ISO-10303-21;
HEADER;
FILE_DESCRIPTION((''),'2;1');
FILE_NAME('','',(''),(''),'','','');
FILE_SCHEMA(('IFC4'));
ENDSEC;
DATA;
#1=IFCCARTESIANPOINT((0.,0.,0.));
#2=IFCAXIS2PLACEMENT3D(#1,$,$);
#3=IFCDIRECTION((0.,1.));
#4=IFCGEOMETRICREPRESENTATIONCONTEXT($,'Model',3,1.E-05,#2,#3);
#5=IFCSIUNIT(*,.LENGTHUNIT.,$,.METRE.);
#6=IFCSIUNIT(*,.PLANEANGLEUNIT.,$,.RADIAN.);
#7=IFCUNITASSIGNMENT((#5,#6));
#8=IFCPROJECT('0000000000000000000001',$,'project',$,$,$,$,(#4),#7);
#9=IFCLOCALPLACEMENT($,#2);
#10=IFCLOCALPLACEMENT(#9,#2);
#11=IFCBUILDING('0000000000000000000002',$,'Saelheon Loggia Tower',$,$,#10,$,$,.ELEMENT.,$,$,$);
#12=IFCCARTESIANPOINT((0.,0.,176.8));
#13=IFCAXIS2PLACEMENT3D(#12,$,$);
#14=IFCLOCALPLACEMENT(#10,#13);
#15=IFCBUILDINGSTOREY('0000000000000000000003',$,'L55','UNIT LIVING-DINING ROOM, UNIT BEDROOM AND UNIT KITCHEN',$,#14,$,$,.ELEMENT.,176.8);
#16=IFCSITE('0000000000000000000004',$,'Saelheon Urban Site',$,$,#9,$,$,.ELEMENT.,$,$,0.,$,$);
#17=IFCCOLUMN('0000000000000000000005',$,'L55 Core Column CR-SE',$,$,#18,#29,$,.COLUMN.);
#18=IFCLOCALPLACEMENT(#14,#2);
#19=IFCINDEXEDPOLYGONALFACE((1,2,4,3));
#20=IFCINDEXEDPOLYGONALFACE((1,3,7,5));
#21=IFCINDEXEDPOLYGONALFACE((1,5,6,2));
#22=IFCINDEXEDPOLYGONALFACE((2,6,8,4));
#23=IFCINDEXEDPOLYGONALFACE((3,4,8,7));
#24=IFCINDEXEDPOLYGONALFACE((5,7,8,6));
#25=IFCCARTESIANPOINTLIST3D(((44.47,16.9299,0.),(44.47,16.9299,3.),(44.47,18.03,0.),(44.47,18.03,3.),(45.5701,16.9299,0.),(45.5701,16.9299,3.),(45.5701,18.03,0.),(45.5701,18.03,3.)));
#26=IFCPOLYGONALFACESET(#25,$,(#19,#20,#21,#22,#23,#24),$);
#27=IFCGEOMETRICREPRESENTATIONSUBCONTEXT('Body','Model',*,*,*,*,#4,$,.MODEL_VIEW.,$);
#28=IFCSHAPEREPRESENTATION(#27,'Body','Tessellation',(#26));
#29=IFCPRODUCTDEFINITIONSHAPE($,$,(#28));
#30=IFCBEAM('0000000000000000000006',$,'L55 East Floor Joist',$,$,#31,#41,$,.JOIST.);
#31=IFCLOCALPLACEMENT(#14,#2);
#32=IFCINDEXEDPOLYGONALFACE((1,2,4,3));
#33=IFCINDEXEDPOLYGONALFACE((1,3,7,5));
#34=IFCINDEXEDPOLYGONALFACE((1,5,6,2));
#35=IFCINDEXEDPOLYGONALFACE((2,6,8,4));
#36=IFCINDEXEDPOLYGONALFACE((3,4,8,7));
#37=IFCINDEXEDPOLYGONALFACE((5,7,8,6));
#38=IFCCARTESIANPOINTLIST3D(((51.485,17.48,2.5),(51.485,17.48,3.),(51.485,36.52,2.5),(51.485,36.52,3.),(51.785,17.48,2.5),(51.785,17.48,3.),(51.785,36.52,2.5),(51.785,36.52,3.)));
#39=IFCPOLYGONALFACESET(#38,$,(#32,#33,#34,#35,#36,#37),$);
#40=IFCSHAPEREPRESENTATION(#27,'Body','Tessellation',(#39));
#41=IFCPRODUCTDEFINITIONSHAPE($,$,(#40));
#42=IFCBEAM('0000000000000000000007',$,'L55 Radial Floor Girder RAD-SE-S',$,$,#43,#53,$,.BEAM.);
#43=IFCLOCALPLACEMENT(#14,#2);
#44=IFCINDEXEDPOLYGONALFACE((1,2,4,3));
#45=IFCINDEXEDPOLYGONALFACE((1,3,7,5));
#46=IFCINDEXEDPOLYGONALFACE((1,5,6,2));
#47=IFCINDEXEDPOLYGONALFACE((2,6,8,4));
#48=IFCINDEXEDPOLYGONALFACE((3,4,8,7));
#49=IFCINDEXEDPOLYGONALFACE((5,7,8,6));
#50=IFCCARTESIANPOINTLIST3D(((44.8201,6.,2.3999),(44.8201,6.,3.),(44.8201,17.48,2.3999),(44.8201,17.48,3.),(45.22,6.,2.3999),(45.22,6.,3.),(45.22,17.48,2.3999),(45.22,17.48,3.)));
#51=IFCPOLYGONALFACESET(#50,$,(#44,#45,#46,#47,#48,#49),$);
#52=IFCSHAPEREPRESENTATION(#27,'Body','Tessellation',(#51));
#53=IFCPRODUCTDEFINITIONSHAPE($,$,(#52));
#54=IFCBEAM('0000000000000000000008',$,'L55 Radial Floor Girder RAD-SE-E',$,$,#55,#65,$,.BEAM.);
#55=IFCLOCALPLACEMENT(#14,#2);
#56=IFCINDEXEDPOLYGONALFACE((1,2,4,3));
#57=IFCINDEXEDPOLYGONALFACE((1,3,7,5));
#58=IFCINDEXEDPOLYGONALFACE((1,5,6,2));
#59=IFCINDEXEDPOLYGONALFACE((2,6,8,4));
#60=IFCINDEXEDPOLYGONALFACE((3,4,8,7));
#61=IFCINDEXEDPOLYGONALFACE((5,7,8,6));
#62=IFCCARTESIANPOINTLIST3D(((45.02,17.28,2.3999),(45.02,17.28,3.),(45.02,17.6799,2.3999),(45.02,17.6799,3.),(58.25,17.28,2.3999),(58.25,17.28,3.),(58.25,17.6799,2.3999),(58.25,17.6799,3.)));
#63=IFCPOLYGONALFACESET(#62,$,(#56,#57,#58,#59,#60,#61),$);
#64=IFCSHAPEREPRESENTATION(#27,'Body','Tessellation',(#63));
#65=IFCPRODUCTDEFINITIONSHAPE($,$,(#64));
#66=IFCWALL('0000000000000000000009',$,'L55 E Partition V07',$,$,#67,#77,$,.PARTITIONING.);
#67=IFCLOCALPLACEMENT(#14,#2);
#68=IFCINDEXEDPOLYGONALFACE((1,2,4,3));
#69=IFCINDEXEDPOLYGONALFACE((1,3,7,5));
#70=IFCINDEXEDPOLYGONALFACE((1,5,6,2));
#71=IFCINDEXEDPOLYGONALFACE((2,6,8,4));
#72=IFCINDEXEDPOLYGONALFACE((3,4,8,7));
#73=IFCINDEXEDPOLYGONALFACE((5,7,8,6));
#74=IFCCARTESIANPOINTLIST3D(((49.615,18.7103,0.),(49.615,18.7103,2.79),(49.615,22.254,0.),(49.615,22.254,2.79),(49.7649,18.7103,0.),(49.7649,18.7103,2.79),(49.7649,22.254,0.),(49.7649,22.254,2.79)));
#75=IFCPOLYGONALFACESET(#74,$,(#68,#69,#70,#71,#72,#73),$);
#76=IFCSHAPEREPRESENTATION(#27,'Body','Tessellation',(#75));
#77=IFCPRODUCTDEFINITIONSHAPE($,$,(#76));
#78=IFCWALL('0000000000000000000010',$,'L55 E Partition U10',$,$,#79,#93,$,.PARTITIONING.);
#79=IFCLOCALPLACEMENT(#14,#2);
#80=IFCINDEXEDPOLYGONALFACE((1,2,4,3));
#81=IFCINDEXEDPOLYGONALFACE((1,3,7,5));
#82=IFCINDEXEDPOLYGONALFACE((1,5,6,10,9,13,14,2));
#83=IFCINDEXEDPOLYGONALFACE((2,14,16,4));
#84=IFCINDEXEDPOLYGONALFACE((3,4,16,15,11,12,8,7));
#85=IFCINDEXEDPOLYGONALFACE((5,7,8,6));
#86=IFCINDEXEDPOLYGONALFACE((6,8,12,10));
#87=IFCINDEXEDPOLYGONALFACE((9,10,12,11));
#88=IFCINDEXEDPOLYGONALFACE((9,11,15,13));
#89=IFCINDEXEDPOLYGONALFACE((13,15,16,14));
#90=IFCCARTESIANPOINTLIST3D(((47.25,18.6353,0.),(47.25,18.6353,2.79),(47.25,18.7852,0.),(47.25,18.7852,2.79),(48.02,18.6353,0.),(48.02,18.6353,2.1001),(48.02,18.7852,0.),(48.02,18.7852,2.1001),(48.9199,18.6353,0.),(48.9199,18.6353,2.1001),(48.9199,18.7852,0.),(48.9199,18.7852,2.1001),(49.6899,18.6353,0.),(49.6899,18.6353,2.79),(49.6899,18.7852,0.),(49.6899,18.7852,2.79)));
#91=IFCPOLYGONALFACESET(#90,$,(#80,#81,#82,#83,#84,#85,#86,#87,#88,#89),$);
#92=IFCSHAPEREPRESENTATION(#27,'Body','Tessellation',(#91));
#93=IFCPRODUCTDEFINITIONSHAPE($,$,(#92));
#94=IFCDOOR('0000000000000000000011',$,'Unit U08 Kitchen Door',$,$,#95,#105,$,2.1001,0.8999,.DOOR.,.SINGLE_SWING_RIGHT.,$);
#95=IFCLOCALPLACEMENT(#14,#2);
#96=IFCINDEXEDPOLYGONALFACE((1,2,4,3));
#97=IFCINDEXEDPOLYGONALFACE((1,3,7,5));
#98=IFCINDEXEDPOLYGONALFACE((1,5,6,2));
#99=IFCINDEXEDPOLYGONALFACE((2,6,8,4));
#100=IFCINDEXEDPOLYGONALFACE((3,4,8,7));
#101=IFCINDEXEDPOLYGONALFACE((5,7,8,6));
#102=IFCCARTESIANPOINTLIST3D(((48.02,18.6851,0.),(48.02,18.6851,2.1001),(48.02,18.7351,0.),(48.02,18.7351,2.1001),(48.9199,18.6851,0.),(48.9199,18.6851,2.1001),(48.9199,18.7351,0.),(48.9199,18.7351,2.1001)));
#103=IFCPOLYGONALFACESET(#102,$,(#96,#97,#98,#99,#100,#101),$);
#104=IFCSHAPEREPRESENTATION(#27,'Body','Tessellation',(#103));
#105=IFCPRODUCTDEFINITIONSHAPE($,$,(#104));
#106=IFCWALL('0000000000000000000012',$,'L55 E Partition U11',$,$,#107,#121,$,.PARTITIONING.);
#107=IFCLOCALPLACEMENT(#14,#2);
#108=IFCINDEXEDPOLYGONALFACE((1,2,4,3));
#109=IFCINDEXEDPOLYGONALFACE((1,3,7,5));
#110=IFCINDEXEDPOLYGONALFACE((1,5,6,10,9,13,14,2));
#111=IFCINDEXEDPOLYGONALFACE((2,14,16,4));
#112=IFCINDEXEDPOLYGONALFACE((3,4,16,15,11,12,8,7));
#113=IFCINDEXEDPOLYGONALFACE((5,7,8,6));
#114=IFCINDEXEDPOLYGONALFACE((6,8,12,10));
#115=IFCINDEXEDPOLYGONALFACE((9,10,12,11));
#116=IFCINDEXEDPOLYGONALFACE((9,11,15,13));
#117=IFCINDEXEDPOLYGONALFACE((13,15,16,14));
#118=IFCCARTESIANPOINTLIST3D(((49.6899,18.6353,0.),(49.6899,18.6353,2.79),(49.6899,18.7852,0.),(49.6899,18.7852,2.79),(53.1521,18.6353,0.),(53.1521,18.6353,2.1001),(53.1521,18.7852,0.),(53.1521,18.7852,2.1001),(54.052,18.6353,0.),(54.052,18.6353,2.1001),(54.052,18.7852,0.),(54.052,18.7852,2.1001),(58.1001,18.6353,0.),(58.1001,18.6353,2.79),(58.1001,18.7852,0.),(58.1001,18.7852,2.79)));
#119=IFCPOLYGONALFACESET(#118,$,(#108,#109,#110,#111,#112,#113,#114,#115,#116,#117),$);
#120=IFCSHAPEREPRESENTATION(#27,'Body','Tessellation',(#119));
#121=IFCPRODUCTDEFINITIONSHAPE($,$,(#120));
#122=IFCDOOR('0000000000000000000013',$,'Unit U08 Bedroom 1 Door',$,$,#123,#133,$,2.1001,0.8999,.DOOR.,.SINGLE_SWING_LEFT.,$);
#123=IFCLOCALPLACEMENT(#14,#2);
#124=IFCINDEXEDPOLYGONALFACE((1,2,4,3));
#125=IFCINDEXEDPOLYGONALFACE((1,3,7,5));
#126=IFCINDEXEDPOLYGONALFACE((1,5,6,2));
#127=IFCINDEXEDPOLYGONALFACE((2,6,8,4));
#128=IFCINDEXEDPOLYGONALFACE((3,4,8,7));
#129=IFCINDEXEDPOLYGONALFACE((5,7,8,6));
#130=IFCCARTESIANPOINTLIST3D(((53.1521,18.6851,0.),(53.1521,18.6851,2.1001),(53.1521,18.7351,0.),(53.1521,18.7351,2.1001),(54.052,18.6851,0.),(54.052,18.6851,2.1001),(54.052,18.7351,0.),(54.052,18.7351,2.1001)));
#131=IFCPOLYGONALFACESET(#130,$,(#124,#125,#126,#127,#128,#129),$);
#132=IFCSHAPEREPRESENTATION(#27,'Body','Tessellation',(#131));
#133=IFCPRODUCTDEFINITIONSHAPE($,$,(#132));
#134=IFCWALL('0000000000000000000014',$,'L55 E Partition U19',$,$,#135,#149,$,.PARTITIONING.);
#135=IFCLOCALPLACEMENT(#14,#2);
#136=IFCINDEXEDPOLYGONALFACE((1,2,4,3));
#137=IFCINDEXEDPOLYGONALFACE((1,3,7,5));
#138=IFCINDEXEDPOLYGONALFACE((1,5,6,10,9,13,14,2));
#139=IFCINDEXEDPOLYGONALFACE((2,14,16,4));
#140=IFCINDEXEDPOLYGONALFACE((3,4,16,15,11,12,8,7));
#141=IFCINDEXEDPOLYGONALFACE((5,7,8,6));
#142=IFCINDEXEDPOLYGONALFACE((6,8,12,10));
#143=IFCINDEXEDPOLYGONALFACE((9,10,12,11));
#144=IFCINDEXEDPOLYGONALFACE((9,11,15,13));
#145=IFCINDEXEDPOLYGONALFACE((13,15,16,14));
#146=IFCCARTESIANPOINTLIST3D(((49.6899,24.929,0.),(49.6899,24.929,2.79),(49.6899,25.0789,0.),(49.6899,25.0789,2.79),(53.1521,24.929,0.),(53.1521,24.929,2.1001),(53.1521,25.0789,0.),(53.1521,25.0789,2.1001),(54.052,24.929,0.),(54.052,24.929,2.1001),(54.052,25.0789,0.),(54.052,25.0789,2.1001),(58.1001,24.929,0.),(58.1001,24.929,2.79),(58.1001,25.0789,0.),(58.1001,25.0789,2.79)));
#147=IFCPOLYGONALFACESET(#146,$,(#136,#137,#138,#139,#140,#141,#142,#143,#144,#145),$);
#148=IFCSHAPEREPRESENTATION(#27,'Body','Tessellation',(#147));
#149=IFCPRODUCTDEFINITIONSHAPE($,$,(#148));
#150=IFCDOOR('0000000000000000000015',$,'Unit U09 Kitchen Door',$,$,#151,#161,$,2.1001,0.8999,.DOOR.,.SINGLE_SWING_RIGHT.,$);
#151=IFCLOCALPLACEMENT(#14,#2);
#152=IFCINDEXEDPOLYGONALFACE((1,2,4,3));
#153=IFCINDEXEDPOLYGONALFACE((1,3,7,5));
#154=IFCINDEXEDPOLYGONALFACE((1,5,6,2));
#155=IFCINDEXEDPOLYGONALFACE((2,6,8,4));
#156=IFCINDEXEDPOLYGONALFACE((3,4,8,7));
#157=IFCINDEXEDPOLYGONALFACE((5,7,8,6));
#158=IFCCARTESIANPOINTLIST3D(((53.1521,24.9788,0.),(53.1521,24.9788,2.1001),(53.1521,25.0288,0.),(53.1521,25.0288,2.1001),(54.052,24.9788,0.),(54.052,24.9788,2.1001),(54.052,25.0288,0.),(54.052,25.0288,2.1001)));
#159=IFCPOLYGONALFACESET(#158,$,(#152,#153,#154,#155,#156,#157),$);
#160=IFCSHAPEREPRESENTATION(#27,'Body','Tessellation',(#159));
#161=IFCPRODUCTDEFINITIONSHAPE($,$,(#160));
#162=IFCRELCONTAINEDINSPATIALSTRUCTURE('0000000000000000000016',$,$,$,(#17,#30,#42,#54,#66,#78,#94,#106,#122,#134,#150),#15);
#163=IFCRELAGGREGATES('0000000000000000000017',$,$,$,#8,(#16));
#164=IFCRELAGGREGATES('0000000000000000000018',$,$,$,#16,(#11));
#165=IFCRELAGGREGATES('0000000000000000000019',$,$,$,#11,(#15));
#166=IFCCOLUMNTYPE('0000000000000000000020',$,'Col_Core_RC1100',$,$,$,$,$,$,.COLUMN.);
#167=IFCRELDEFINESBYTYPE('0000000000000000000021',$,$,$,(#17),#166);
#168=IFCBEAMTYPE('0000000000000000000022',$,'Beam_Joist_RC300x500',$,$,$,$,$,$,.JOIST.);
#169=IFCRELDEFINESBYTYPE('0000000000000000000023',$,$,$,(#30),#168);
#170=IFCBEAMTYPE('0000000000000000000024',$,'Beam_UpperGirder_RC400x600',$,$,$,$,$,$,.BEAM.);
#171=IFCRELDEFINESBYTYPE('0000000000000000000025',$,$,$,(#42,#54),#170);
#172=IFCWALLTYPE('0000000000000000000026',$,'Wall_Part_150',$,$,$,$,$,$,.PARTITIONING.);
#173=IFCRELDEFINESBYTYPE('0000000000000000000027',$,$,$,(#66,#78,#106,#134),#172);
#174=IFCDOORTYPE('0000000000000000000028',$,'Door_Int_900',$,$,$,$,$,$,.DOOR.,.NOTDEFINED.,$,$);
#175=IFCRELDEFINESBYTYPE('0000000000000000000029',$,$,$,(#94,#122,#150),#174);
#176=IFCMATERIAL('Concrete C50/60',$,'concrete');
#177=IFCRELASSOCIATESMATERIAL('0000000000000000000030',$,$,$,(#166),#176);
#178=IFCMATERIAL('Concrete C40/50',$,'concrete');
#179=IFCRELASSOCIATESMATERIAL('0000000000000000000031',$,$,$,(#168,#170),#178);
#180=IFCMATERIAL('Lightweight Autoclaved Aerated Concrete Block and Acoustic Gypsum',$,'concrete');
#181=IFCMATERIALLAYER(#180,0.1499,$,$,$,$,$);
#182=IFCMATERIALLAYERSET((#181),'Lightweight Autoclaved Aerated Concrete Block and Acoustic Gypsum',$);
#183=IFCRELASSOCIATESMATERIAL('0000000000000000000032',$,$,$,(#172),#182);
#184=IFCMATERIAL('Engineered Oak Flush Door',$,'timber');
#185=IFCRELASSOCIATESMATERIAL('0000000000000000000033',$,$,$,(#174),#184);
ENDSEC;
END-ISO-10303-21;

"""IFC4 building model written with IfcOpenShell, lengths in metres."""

from ifc_helpers import new_model, si_unit, direction, frame, frame_2d, origin, origin_2d, place, context, subcontext, project, spatial, rectangle, extrude, source, transform, mapped, material, layer, layer_set, material_profile, profile_set, type_object, element, fill, save


model = new_model("IFC4")

# Units and contexts
model_context = context("Model", 3, precision=1e-05, world=origin(), true_north=direction((0.0, 1.0)))
body_context = subcontext(model_context, "Body", "Model", "MODEL_VIEW")
ifc_project = project(units=[si_unit("LENGTHUNIT", "METRE"), si_unit("PLANEANGLEUNIT", "RADIAN")], contexts=[model_context])

# Site, building, storey
site_placement = place(None, origin())
site = spatial("IfcSite", under=ifc_project, at=site_placement, Name="Saelheon Urban Site", CompositionType="ELEMENT", RefElevation=0.0)
building_placement = place(site_placement, origin())
building = spatial("IfcBuilding", under=site, at=building_placement, Name="Saelheon Loggia Tower", CompositionType="ELEMENT")
storey_placement = place(building_placement, frame((0.0, 0.0, 176.8)))
storey = spatial("IfcBuildingStorey", under=building, at=storey_placement, Name="L55", Description="UNIT LIVING-DINING ROOM, UNIT BEDROOM AND UNIT KITCHEN", CompositionType="ELEMENT", Elevation=176.8)

# Column
ifc_material_1 = material(Name="Concrete C50/60", Category="concrete")
ifc_material_profile_1 = material_profile(ifc_material_1, rectangle(XDim=1.1001, YDim=1.1001, at=origin_2d()), Name="RC-1100x1100")
ifc_profile_set_1 = profile_set([ifc_material_profile_1], Name="Concrete C50/60")
column_type = type_object("IfcColumnType", Name="Col_Core_RC1100", PredefinedType="COLUMN", material=ifc_profile_set_1)
shared_shape_1 = source(origin(), body_context, "Body", "SweptSolid", [
    extrude(rectangle(XDim=1.1001, YDim=1.1001, at=origin_2d()), origin(), (0.0, 0.0, 1.0), 3.0),
])
column_placement = place(storey_placement, frame((45.02, 17.48, 0.0), z_axis=(0.0, 0.0, 1.0), x_axis=(1.0, 0.0, 0.0)))
element("IfcColumn", 1, at=column_placement, inside=storey, type_object=column_type, Name="L55 Core Column CR-SE", PredefinedType="COLUMN", context=body_context, shape_type="MappedRepresentation", body=[
    mapped(shared_shape_1, transform((0.0, 0.0, 0.0), scale=1.0)),
])

# Beams
ifc_material_2 = material(Name="Concrete C40/50", Category="concrete")
ifc_material_profile_2 = material_profile(ifc_material_2, rectangle(XDim=0.3, YDim=0.5, at=origin_2d()), Name="RC-300x500")
ifc_profile_set_2 = profile_set([ifc_material_profile_2], Name="Concrete C40/50")
beam_type_1 = type_object("IfcBeamType", Name="Beam_Joist_RC300x500", PredefinedType="JOIST", material=ifc_profile_set_2)
shared_shape_2 = source(origin(), body_context, "Body", "SweptSolid", [
    extrude(rectangle(XDim=0.3, YDim=0.5, at=origin_2d()), origin(), (0.0, 0.0, 1.0), 19.04),
])
beam_1_placement = place(storey_placement, frame((51.635, 17.48, 2.75), z_axis=(0.0, 1.0, 0.0), x_axis=(-1.0, 0.0, 0.0)))
element("IfcBeam", 2, at=beam_1_placement, inside=storey, type_object=beam_type_1, Name="L55 East Floor Joist", PredefinedType="JOIST", context=body_context, shape_type="MappedRepresentation", body=[
    mapped(shared_shape_2, transform((0.0, 0.0, 0.0), scale=1.0)),
])
ifc_material_profile_3 = material_profile(ifc_material_2, rectangle(XDim=0.3999, YDim=0.6001, at=origin_2d()), Name="RC-400x600")
ifc_profile_set_3 = profile_set([ifc_material_profile_3], Name="Concrete C40/50")
beam_type_2 = type_object("IfcBeamType", Name="Beam_UpperGirder_RC400x600", PredefinedType="BEAM", material=ifc_profile_set_3)
shared_shape_3 = source(origin(), body_context, "Body", "SweptSolid", [
    extrude(rectangle(XDim=0.3999, YDim=0.6001, at=origin_2d()), origin(), (0.0, 0.0, 1.0), 11.48),
])
beam_2_placement = place(storey_placement, frame((45.02, 17.48, 2.7), z_axis=(0.0, -1.0, 0.0), x_axis=(1.0, 0.0, 0.0)))
element("IfcBeam", 3, at=beam_2_placement, inside=storey, type_object=beam_type_2, Name="L55 Radial Floor Girder RAD-SE-S", PredefinedType="BEAM", context=body_context, shape_type="MappedRepresentation", body=[
    mapped(shared_shape_3, transform((0.0, 0.0, 0.0), scale=1.0)),
])
shared_shape_4 = source(origin(), body_context, "Body", "SweptSolid", [
    extrude(rectangle(XDim=0.3999, YDim=0.6001, at=origin_2d()), origin(), (0.0, 0.0, 1.0), 13.23),
])
beam_3_placement = place(storey_placement, frame((45.02, 17.48, 2.7), z_axis=(1.0, 0.0, 0.0), x_axis=(0.0, 1.0, 0.0)))
element("IfcBeam", 4, at=beam_3_placement, inside=storey, type_object=beam_type_2, Name="L55 Radial Floor Girder RAD-SE-E", PredefinedType="BEAM", context=body_context, shape_type="MappedRepresentation", body=[
    mapped(shared_shape_4, transform((0.0, 0.0, 0.0), scale=1.0)),
])

# Wall
ifc_material_3 = material(Name="Lightweight Autoclaved Aerated Concrete Block and Acoustic Gypsum", Category="concrete")
ifc_layer_1 = layer(ifc_material_3, 0.1499)
ifc_layer_set_1 = layer_set([ifc_layer_1], Name="Lightweight Autoclaved Aerated Concrete Block and Acoustic Gypsum")
wall_type_1 = type_object("IfcWallType", Name="Wall_Part_150", PredefinedType="PARTITIONING", material=ifc_layer_set_1)
wall_1_placement = place(storey_placement, frame((49.6899, 18.7102, 0.0), z_axis=(0.0, 0.0, 1.0), x_axis=(0.0, 1.0, 0.0)))
element("IfcWall", 5, at=wall_1_placement, inside=storey, type_object=wall_type_1, Name="L55 E Partition V07", PredefinedType="PARTITIONING", context=body_context, shape_type="SweptSolid", body=[
    extrude(rectangle(XDim=3.5437, YDim=0.1499, at=frame_2d((1.772, 0.0))), origin(), (0.0, 0.0, 1.0), 2.79),
])

# Walls, openings, doors
wall_2_placement = place(storey_placement, frame((47.25, 18.7102, 0.0), z_axis=(0.0, 0.0, 1.0), x_axis=(1.0, 0.0, 0.0)))
wall_2 = element("IfcWall", 6, at=wall_2_placement, inside=storey, type_object=wall_type_1, Name="L55 E Partition U10", PredefinedType="PARTITIONING", context=body_context, shape_type="SweptSolid", body=[
    extrude(rectangle(XDim=2.4399, YDim=0.1499, at=frame_2d((1.22, 0.0))), origin(), (0.0, 0.0, 1.0), 2.79),
])
opening_1_placement = place(wall_2_placement, frame((0.77, 0.0, 0.0)))
opening_1 = element("IfcOpeningElement", 7, at=opening_1_placement, cuts=wall_2, PredefinedType="OPENING", context=body_context, shape_type="SweptSolid", body=[
    extrude(rectangle(XDim=0.8999, YDim=2.1001, at=frame_2d((0.45, 1.05))), frame((0.0, 0.0869, 0.0), z_axis=(0.0, -1.0, 0.0), x_axis=(1.0, 0.0, 0.0)), (0.0, 0.0, 1.0), 0.1738),
])
ifc_material_4 = material(Name="Engineered Oak Flush Door", Category="timber")
door_type_1 = type_object("IfcDoorType", Name="Door_Int_900", OperationType="NOTDEFINED", PredefinedType="DOOR", material=ifc_material_4)
shared_shape_5 = source(origin(), body_context, "Body", "SweptSolid", [
    extrude(rectangle(XDim=0.8999, YDim=2.1001, at=frame_2d((0.45, 1.05))), frame((0.0, 0.0249, 0.0), z_axis=(0.0, -1.0, 0.0), x_axis=(1.0, 0.0, 0.0)), (0.0, 0.0, 1.0), 0.05),
])
door_1_placement = place(opening_1_placement, origin())
door_1 = element("IfcDoor", 8, at=door_1_placement, inside=storey, type_object=door_type_1, Name="Unit U08 Kitchen Door", OperationType="SINGLE_SWING_RIGHT", OverallHeight=2.1001, OverallWidth=0.8999, PredefinedType="DOOR", context=body_context, shape_type="MappedRepresentation", body=[
    mapped(shared_shape_5, transform((0.0, 0.0, 0.0), scale=1.0)),
])
fill(opening_1, door_1)
wall_3_placement = place(storey_placement, frame((49.6899, 18.7102, 0.0), z_axis=(0.0, 0.0, 1.0), x_axis=(1.0, 0.0, 0.0)))
wall_3 = element("IfcWall", 9, at=wall_3_placement, inside=storey, type_object=wall_type_1, Name="L55 E Partition U11", PredefinedType="PARTITIONING", context=body_context, shape_type="SweptSolid", body=[
    extrude(rectangle(XDim=8.4102, YDim=0.1499, at=frame_2d((4.2051, 0.0))), origin(), (0.0, 0.0, 1.0), 2.79),
])
opening_2_placement = place(wall_3_placement, frame((3.4622, 0.0, 0.0)))
opening_2 = element("IfcOpeningElement", 10, at=opening_2_placement, cuts=wall_3, PredefinedType="OPENING", context=body_context, shape_type="SweptSolid", body=[
    extrude(rectangle(XDim=0.8999, YDim=2.1001, at=frame_2d((0.45, 1.05))), frame((0.0, 0.0869, 0.0), z_axis=(0.0, -1.0, 0.0), x_axis=(1.0, 0.0, 0.0)), (0.0, 0.0, 1.0), 0.1738),
])
door_2_placement = place(opening_2_placement, origin())
door_2 = element("IfcDoor", 11, at=door_2_placement, inside=storey, type_object=door_type_1, Name="Unit U08 Bedroom 1 Door", OperationType="SINGLE_SWING_LEFT", OverallHeight=2.1001, OverallWidth=0.8999, PredefinedType="DOOR", context=body_context, shape_type="MappedRepresentation", body=[
    mapped(shared_shape_5, transform((0.0, 0.0, 0.0), scale=1.0)),
])
fill(opening_2, door_2)
wall_4_placement = place(storey_placement, frame((49.6899, 25.0039, 0.0), z_axis=(0.0, 0.0, 1.0), x_axis=(1.0, 0.0, 0.0)))
wall_4 = element("IfcWall", 12, at=wall_4_placement, inside=storey, type_object=wall_type_1, Name="L55 E Partition U19", PredefinedType="PARTITIONING", context=body_context, shape_type="SweptSolid", body=[
    extrude(rectangle(XDim=8.4102, YDim=0.1499, at=frame_2d((4.2051, 0.0))), origin(), (0.0, 0.0, 1.0), 2.79),
])
opening_3_placement = place(wall_4_placement, frame((3.4622, 0.0, 0.0)))
opening_3 = element("IfcOpeningElement", 13, at=opening_3_placement, cuts=wall_4, PredefinedType="OPENING", context=body_context, shape_type="SweptSolid", body=[
    extrude(rectangle(XDim=0.8999, YDim=2.1001, at=frame_2d((0.45, 1.05))), frame((0.0, 0.0869, 0.0), z_axis=(0.0, -1.0, 0.0), x_axis=(1.0, 0.0, 0.0)), (0.0, 0.0, 1.0), 0.1738),
])
door_3_placement = place(opening_3_placement, origin())
door_3 = element("IfcDoor", 14, at=door_3_placement, inside=storey, type_object=door_type_1, Name="Unit U09 Kitchen Door", OperationType="SINGLE_SWING_RIGHT", OverallHeight=2.1001, OverallWidth=0.8999, PredefinedType="DOOR", context=body_context, shape_type="MappedRepresentation", body=[
    mapped(shared_shape_5, transform((0.0, 0.0, 0.0), scale=1.0)),
])
fill(opening_3, door_3)

save(model, "model.ifc")
